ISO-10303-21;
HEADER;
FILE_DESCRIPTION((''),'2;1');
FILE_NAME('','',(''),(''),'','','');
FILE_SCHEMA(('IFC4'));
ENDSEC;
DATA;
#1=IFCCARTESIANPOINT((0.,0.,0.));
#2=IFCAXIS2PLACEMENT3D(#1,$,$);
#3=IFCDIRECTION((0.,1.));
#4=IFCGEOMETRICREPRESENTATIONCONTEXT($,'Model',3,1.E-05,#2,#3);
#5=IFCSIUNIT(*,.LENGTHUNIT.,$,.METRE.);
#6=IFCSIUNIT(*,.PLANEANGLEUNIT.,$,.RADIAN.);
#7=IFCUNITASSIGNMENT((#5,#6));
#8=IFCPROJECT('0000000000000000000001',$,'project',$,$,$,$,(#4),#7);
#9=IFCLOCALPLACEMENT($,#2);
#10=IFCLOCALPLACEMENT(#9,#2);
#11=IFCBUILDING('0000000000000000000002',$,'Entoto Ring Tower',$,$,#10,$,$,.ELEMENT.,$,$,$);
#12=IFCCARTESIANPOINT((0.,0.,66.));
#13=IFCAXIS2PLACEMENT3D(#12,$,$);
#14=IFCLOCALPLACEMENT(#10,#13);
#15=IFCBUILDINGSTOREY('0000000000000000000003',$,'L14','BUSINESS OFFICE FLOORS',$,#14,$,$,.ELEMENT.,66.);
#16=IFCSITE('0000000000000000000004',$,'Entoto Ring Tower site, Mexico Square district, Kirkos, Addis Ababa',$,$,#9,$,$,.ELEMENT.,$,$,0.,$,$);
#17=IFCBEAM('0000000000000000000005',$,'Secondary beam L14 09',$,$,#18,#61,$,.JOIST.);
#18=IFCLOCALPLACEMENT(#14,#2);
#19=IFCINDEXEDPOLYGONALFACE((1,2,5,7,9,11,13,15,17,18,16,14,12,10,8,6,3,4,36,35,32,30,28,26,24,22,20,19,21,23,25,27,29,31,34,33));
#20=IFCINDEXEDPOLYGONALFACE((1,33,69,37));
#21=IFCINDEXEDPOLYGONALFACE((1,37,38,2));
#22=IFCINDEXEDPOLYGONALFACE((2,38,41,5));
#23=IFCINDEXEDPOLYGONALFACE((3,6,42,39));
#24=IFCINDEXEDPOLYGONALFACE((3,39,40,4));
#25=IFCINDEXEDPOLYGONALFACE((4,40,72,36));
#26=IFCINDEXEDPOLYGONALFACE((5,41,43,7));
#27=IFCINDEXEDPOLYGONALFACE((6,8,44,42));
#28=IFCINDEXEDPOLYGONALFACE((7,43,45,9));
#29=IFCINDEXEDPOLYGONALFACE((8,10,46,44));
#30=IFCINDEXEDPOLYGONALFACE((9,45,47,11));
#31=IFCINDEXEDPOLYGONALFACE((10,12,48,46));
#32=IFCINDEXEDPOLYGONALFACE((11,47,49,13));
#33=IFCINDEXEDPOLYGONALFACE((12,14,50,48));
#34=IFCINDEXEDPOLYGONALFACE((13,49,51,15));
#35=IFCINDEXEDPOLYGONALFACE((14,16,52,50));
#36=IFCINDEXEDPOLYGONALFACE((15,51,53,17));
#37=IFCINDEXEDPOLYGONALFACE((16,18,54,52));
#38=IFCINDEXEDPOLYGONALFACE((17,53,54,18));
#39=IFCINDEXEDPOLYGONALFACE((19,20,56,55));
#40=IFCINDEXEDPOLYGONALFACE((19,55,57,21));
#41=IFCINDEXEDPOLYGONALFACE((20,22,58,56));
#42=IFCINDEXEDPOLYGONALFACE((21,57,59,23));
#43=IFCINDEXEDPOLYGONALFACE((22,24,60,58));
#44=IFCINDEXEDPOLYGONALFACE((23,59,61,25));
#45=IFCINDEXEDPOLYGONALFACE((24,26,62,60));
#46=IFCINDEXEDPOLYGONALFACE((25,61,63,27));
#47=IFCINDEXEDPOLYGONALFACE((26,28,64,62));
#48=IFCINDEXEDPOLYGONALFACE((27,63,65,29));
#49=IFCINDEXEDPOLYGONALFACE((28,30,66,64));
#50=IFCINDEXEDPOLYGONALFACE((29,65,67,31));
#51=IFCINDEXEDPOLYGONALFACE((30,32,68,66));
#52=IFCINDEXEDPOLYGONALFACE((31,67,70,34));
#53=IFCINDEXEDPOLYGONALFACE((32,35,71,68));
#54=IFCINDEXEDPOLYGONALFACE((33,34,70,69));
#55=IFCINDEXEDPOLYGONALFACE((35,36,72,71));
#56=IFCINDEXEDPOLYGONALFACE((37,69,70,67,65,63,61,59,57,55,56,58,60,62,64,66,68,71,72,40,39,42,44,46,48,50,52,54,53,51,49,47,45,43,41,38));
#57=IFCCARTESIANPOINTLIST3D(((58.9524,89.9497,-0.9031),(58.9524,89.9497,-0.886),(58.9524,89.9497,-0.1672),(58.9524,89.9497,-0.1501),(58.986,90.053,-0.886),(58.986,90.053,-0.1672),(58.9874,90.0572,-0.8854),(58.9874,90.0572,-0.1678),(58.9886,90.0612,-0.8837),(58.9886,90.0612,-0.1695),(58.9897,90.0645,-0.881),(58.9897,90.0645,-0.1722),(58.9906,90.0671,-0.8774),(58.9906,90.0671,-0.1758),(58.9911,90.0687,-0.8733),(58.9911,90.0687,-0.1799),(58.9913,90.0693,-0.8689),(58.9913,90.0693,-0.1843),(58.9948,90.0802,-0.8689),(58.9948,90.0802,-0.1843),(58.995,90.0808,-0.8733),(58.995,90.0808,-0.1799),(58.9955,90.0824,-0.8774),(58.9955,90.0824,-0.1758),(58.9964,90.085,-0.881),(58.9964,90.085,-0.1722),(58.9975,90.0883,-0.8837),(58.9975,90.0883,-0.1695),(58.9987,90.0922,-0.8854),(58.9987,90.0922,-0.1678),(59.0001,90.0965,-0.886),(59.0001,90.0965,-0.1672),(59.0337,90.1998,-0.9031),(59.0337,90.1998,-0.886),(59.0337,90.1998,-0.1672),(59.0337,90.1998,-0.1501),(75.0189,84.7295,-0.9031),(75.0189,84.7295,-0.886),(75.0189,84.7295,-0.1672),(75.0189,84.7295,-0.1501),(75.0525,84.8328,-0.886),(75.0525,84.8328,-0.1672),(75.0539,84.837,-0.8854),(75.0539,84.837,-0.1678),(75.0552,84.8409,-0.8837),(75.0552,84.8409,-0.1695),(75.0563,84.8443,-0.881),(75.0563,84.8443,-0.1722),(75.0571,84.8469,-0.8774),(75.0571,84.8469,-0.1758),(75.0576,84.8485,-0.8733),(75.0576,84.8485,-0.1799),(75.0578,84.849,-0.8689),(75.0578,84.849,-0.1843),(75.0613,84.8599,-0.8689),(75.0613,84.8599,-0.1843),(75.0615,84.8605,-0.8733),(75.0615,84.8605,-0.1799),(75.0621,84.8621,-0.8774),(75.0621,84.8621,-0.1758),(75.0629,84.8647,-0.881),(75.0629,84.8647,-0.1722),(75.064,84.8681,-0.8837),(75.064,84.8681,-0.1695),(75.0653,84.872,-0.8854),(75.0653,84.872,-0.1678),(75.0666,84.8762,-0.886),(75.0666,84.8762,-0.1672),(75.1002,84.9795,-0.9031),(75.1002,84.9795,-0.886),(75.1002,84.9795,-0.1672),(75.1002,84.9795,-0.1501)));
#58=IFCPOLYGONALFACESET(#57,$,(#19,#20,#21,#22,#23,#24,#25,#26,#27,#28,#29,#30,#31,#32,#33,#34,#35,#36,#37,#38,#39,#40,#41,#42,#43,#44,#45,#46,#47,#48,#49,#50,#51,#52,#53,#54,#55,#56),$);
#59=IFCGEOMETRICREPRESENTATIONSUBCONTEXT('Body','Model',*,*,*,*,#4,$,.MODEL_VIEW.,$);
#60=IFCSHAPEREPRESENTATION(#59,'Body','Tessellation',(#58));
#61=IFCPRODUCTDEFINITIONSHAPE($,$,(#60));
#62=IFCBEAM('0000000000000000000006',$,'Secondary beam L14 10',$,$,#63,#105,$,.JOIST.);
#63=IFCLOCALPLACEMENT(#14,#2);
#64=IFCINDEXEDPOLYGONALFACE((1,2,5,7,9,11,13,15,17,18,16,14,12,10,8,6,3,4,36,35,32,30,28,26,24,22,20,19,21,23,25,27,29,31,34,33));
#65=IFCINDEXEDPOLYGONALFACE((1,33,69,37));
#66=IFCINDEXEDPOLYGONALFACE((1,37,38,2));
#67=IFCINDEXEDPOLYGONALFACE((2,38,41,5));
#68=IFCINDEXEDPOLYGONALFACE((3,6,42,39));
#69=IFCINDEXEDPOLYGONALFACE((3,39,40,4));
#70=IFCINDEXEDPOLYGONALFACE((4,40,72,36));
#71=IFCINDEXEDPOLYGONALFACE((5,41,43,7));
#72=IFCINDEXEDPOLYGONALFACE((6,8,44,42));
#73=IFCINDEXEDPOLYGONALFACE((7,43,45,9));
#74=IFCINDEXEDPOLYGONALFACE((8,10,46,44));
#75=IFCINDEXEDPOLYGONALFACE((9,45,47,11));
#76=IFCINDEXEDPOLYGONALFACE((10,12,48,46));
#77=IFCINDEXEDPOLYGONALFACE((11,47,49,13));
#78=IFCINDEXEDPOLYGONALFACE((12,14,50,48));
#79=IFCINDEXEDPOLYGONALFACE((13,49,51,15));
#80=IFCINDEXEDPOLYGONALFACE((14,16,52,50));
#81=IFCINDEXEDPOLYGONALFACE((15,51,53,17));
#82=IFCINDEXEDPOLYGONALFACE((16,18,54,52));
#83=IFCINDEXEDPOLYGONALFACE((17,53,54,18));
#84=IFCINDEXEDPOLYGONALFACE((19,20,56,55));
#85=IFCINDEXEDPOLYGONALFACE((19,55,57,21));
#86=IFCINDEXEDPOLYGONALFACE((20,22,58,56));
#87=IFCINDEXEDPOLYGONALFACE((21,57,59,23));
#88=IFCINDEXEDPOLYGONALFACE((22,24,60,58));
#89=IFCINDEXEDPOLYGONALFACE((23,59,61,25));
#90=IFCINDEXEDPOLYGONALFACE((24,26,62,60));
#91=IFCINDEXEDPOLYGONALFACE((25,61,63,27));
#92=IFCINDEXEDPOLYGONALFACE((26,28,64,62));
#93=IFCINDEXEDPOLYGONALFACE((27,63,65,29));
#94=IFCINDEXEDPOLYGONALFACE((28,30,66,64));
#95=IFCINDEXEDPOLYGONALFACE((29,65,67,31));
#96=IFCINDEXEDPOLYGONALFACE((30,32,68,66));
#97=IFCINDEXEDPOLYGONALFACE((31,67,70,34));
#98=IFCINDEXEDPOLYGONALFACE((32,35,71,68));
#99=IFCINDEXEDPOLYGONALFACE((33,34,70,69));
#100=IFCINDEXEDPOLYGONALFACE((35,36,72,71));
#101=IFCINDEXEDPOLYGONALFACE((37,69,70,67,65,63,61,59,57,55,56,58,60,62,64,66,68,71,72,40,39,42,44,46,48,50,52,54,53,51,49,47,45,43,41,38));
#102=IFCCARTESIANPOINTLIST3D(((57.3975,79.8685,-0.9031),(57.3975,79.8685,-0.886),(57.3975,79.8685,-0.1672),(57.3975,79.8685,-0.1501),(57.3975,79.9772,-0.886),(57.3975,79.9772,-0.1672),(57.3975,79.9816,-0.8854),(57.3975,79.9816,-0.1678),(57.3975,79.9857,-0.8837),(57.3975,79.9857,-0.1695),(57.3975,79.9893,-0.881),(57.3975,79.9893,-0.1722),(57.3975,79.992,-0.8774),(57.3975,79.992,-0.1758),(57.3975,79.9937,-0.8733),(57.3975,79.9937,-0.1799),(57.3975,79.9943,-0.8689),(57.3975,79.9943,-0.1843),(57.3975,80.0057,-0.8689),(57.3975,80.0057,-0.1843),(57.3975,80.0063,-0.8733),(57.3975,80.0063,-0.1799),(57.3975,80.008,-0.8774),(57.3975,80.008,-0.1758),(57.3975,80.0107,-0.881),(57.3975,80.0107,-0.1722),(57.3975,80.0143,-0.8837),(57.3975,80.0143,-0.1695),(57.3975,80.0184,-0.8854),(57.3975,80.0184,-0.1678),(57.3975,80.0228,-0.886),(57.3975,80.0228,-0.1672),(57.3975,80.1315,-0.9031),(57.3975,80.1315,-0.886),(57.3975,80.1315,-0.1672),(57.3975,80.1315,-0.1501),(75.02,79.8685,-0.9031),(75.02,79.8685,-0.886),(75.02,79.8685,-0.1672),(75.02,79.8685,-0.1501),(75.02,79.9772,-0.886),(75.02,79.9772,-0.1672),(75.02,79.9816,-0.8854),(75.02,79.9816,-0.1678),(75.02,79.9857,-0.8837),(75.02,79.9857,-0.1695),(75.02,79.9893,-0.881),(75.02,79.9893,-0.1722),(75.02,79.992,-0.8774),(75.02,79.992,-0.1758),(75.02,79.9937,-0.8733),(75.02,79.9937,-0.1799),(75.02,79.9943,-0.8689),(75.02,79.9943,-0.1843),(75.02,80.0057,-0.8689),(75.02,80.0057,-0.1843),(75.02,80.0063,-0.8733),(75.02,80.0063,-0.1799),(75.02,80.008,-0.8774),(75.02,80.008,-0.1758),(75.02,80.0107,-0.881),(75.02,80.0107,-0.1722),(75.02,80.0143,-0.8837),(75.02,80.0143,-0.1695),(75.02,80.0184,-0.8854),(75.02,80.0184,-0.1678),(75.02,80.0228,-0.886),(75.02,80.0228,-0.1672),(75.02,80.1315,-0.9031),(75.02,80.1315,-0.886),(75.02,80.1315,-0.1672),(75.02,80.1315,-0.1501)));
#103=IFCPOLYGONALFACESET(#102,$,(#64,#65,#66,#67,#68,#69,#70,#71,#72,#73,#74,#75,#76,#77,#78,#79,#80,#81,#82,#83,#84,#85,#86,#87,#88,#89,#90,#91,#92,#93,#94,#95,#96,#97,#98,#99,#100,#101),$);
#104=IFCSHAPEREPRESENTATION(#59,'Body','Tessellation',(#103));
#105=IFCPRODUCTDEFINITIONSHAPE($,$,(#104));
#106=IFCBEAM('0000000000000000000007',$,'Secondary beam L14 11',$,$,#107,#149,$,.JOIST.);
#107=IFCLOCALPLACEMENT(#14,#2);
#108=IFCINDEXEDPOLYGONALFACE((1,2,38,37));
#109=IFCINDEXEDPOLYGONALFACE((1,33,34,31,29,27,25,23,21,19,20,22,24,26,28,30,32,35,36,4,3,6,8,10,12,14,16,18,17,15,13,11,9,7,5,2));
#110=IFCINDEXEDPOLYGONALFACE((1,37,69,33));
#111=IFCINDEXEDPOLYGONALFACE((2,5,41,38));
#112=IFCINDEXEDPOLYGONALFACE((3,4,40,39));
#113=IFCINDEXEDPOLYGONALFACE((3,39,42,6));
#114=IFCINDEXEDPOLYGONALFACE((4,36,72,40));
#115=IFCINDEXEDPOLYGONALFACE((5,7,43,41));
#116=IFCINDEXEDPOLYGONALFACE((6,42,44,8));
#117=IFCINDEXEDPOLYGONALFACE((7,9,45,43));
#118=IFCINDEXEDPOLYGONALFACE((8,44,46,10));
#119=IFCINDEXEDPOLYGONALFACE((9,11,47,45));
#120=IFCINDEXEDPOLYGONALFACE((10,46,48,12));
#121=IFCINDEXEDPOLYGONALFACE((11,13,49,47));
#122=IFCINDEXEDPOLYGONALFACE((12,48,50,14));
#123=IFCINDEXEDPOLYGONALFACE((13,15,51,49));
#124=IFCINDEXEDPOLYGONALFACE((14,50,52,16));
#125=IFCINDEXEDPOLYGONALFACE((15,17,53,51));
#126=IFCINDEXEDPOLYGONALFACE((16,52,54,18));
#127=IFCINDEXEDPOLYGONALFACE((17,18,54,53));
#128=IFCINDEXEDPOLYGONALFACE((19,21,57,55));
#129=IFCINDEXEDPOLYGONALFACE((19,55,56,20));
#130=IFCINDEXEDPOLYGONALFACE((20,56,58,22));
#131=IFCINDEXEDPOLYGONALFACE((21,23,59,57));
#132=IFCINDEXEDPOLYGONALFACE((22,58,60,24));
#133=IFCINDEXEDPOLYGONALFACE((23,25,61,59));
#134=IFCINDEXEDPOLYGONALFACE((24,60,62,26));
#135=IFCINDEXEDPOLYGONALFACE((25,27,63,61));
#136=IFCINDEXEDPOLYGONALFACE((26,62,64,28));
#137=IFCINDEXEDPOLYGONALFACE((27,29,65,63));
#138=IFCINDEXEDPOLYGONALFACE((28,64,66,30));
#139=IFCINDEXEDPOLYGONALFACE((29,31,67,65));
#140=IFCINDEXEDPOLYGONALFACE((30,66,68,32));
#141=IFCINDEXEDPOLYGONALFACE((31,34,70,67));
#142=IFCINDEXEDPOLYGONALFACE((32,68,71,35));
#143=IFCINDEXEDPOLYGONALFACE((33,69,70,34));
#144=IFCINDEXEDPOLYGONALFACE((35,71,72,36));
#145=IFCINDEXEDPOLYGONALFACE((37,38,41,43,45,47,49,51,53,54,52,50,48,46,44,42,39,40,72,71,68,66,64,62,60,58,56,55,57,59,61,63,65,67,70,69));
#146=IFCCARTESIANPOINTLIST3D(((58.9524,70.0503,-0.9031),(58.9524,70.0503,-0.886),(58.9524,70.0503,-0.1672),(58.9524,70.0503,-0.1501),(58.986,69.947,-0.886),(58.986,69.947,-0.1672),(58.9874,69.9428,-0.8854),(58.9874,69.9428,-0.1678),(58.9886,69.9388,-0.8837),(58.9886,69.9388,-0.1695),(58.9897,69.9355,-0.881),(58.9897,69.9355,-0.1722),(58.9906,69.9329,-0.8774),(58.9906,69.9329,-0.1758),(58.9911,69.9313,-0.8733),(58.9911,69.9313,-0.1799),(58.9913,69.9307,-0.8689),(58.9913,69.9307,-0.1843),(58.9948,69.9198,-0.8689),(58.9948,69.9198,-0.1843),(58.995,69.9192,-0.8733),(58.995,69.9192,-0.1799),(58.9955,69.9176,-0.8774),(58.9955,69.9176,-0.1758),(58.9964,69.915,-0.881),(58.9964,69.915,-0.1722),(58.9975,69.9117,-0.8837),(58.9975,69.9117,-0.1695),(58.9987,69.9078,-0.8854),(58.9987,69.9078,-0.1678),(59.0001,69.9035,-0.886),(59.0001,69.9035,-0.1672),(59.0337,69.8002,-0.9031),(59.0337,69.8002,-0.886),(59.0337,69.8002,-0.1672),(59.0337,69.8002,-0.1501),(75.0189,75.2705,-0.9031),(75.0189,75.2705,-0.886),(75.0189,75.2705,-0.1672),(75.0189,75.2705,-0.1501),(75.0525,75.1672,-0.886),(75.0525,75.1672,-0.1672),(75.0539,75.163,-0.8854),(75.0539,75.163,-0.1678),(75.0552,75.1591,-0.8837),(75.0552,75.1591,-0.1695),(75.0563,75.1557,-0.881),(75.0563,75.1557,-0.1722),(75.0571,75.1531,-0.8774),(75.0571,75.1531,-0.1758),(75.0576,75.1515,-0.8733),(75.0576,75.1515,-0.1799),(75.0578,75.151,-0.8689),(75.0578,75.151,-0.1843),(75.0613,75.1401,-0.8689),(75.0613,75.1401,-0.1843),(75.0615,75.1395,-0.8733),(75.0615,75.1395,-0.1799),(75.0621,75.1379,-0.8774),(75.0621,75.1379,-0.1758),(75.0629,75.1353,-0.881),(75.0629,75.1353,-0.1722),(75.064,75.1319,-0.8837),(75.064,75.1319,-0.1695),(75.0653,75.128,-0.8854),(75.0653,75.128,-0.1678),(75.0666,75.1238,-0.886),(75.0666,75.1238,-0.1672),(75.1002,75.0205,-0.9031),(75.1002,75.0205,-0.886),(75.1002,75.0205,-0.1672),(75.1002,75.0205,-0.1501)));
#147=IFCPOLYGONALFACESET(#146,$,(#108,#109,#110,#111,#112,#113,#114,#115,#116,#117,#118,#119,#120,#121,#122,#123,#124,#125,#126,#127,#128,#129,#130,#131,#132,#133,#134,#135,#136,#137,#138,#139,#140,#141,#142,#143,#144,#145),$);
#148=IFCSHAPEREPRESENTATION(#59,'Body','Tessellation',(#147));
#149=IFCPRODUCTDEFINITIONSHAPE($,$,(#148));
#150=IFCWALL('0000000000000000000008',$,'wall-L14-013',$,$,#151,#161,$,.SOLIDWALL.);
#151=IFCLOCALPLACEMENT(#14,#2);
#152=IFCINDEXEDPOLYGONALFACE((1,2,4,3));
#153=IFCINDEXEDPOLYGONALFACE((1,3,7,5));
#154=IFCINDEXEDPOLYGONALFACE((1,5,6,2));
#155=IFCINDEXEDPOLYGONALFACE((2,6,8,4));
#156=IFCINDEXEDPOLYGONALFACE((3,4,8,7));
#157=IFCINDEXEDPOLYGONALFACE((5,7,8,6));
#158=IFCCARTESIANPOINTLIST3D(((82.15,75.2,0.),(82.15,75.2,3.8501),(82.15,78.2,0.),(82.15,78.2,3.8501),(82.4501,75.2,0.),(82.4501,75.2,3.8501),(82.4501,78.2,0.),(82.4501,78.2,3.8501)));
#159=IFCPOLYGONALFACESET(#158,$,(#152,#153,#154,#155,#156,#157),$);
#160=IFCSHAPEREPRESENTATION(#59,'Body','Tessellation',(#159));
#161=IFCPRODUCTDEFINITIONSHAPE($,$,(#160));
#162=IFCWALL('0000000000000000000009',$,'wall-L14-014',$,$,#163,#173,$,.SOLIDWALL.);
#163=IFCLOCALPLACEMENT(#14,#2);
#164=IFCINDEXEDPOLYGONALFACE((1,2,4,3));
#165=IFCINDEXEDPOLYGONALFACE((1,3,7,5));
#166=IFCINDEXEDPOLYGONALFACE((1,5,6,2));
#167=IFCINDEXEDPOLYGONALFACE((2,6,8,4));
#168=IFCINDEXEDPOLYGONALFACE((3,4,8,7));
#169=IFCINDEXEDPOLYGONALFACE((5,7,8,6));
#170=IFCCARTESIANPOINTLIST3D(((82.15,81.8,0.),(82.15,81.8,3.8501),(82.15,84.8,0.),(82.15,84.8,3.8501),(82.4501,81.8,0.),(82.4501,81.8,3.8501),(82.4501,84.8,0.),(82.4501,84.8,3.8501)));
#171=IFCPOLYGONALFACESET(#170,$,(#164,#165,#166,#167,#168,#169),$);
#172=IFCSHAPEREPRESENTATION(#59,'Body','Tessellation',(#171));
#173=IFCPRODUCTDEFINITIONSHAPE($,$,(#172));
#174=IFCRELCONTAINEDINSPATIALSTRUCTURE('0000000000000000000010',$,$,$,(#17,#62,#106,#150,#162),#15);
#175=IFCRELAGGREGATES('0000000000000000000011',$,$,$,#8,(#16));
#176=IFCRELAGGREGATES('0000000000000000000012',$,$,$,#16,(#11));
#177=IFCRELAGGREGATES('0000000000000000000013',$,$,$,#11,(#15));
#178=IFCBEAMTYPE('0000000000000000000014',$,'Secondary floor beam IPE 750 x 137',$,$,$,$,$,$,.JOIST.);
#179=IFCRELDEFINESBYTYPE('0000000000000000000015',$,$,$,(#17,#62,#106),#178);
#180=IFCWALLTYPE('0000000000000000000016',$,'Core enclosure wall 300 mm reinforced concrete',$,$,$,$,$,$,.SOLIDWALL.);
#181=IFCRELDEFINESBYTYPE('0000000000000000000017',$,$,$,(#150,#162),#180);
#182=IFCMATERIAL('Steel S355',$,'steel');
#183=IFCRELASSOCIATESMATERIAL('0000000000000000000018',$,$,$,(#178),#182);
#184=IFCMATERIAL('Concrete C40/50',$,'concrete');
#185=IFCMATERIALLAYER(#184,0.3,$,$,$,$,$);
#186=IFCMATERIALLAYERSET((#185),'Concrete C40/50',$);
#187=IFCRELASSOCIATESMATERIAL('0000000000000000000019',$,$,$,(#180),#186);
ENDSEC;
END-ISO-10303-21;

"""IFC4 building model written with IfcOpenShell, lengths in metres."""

from ifc_helpers import new_model, si_unit, direction, frame, frame_2d, origin, origin_2d, place, context, subcontext, project, spatial, rectangle, i_section, extrude, material, layer, layer_set, material_profile, profile_set, type_object, element, save


model = new_model("IFC4")

# Units and contexts
model_context = context("Model", 3, precision=1e-05, world=origin(), true_north=direction((0.0, 1.0)))
body_context = subcontext(model_context, "Body", "Model", "MODEL_VIEW")
ifc_project = project(units=[si_unit("LENGTHUNIT", "METRE"), si_unit("PLANEANGLEUNIT", "RADIAN")], contexts=[model_context])

# Site, building, storey
site_placement = place(None, origin())
site = spatial("IfcSite", under=ifc_project, at=site_placement, Name="Entoto Ring Tower site, Mexico Square district, Kirkos, Addis Ababa", CompositionType="ELEMENT", RefElevation=0.0)
building_placement = place(site_placement, origin())
building = spatial("IfcBuilding", under=site, at=building_placement, Name="Entoto Ring Tower", CompositionType="ELEMENT")
storey_placement = place(building_placement, frame((0.0, 0.0, 66.0)))
storey = spatial("IfcBuildingStorey", under=building, at=storey_placement, Name="L14", Description="BUSINESS OFFICE FLOORS", CompositionType="ELEMENT", Elevation=66.0)

# Beams
ifc_material_1 = material(Name="Steel S355", Category="steel")
ifc_material_profile_1 = material_profile(ifc_material_1, i_section(OverallWidth=0.2629, OverallDepth=0.7529, WebThickness=0.0115, FlangeThickness=0.0171, FilletRadius=0.0171, at=origin_2d()), Name="IPE 750 x 137")
ifc_profile_set_1 = profile_set([ifc_material_profile_1], Name="Steel S355")
beam_type_1 = type_object("IfcBeamType", Name="Secondary floor beam IPE 750 x 137", PredefinedType="JOIST", material=ifc_profile_set_1)
beam_1_placement = place(storey_placement, frame((75.0596, 84.8545, -0.5266), z_axis=(-0.951058, 0.309013, 0.0), x_axis=(-0.309013, -0.951058, 0.0)))
element("IfcBeam", 1, at=beam_1_placement, inside=storey, type_object=beam_type_1, Name="Secondary beam L14 09", PredefinedType="JOIST", context=body_context, shape_type="SweptSolid", body=[
    extrude(i_section(OverallWidth=0.2629, OverallDepth=0.7529, WebThickness=0.0115, FlangeThickness=0.0171, FilletRadius=0.0171, at=origin_2d()), origin(), (0.0, 0.0, 1.0), 16.8933),
])
beam_2_placement = place(storey_placement, frame((75.02, 80.0, -0.5266), z_axis=(-1.0, 0.0, 0.0), x_axis=(0.0, -1.0, 0.0)))
element("IfcBeam", 2, at=beam_2_placement, inside=storey, type_object=beam_type_1, Name="Secondary beam L14 10", PredefinedType="JOIST", context=body_context, shape_type="SweptSolid", body=[
    extrude(i_section(OverallWidth=0.2629, OverallDepth=0.7529, WebThickness=0.0115, FlangeThickness=0.0171, FilletRadius=0.0171, at=origin_2d()), origin(), (0.0, 0.0, 1.0), 17.6226),
])
beam_3_placement = place(storey_placement, frame((75.0596, 75.1455, -0.5266), z_axis=(-0.951058, -0.309013, 0.0), x_axis=(0.309013, -0.951058, 0.0)))
element("IfcBeam", 3, at=beam_3_placement, inside=storey, type_object=beam_type_1, Name="Secondary beam L14 11", PredefinedType="JOIST", context=body_context, shape_type="SweptSolid", body=[
    extrude(i_section(OverallWidth=0.2629, OverallDepth=0.7529, WebThickness=0.0115, FlangeThickness=0.0171, FilletRadius=0.0171, at=origin_2d()), origin(), (0.0, 0.0, 1.0), 16.8933),
])

# Walls
ifc_material_2 = material(Name="Concrete C40/50", Category="concrete")
ifc_layer_1 = layer(ifc_material_2, 0.3)
ifc_layer_set_1 = layer_set([ifc_layer_1], Name="Concrete C40/50")
wall_type_1 = type_object("IfcWallType", Name="Core enclosure wall 300 mm reinforced concrete", PredefinedType="SOLIDWALL", material=ifc_layer_set_1)
for number, where, z_axis, x_axis, name in (
    (4, (82.3, 75.2, 0.0), (0.0, 0.0, 1.0), (0.0, 1.0, 0.0), "wall-L14-013"),
    (5, (82.3, 81.8, 0.0), (0.0, 0.0, 1.0), (0.0, 1.0, 0.0), "wall-L14-014"),
):
    element("IfcWall", number, at=place(storey_placement, frame(where, z_axis=z_axis, x_axis=x_axis)), inside=storey, type_object=wall_type_1, Name=name, PredefinedType="SOLIDWALL", context=body_context, shape_type="SweptSolid", body=[
        extrude(rectangle(XDim=3.0, YDim=0.3, at=frame_2d((1.5, 0.0))), origin(), (0.0, 0.0, 1.0), 3.8501),
    ])

save(model, "model.ifc")
